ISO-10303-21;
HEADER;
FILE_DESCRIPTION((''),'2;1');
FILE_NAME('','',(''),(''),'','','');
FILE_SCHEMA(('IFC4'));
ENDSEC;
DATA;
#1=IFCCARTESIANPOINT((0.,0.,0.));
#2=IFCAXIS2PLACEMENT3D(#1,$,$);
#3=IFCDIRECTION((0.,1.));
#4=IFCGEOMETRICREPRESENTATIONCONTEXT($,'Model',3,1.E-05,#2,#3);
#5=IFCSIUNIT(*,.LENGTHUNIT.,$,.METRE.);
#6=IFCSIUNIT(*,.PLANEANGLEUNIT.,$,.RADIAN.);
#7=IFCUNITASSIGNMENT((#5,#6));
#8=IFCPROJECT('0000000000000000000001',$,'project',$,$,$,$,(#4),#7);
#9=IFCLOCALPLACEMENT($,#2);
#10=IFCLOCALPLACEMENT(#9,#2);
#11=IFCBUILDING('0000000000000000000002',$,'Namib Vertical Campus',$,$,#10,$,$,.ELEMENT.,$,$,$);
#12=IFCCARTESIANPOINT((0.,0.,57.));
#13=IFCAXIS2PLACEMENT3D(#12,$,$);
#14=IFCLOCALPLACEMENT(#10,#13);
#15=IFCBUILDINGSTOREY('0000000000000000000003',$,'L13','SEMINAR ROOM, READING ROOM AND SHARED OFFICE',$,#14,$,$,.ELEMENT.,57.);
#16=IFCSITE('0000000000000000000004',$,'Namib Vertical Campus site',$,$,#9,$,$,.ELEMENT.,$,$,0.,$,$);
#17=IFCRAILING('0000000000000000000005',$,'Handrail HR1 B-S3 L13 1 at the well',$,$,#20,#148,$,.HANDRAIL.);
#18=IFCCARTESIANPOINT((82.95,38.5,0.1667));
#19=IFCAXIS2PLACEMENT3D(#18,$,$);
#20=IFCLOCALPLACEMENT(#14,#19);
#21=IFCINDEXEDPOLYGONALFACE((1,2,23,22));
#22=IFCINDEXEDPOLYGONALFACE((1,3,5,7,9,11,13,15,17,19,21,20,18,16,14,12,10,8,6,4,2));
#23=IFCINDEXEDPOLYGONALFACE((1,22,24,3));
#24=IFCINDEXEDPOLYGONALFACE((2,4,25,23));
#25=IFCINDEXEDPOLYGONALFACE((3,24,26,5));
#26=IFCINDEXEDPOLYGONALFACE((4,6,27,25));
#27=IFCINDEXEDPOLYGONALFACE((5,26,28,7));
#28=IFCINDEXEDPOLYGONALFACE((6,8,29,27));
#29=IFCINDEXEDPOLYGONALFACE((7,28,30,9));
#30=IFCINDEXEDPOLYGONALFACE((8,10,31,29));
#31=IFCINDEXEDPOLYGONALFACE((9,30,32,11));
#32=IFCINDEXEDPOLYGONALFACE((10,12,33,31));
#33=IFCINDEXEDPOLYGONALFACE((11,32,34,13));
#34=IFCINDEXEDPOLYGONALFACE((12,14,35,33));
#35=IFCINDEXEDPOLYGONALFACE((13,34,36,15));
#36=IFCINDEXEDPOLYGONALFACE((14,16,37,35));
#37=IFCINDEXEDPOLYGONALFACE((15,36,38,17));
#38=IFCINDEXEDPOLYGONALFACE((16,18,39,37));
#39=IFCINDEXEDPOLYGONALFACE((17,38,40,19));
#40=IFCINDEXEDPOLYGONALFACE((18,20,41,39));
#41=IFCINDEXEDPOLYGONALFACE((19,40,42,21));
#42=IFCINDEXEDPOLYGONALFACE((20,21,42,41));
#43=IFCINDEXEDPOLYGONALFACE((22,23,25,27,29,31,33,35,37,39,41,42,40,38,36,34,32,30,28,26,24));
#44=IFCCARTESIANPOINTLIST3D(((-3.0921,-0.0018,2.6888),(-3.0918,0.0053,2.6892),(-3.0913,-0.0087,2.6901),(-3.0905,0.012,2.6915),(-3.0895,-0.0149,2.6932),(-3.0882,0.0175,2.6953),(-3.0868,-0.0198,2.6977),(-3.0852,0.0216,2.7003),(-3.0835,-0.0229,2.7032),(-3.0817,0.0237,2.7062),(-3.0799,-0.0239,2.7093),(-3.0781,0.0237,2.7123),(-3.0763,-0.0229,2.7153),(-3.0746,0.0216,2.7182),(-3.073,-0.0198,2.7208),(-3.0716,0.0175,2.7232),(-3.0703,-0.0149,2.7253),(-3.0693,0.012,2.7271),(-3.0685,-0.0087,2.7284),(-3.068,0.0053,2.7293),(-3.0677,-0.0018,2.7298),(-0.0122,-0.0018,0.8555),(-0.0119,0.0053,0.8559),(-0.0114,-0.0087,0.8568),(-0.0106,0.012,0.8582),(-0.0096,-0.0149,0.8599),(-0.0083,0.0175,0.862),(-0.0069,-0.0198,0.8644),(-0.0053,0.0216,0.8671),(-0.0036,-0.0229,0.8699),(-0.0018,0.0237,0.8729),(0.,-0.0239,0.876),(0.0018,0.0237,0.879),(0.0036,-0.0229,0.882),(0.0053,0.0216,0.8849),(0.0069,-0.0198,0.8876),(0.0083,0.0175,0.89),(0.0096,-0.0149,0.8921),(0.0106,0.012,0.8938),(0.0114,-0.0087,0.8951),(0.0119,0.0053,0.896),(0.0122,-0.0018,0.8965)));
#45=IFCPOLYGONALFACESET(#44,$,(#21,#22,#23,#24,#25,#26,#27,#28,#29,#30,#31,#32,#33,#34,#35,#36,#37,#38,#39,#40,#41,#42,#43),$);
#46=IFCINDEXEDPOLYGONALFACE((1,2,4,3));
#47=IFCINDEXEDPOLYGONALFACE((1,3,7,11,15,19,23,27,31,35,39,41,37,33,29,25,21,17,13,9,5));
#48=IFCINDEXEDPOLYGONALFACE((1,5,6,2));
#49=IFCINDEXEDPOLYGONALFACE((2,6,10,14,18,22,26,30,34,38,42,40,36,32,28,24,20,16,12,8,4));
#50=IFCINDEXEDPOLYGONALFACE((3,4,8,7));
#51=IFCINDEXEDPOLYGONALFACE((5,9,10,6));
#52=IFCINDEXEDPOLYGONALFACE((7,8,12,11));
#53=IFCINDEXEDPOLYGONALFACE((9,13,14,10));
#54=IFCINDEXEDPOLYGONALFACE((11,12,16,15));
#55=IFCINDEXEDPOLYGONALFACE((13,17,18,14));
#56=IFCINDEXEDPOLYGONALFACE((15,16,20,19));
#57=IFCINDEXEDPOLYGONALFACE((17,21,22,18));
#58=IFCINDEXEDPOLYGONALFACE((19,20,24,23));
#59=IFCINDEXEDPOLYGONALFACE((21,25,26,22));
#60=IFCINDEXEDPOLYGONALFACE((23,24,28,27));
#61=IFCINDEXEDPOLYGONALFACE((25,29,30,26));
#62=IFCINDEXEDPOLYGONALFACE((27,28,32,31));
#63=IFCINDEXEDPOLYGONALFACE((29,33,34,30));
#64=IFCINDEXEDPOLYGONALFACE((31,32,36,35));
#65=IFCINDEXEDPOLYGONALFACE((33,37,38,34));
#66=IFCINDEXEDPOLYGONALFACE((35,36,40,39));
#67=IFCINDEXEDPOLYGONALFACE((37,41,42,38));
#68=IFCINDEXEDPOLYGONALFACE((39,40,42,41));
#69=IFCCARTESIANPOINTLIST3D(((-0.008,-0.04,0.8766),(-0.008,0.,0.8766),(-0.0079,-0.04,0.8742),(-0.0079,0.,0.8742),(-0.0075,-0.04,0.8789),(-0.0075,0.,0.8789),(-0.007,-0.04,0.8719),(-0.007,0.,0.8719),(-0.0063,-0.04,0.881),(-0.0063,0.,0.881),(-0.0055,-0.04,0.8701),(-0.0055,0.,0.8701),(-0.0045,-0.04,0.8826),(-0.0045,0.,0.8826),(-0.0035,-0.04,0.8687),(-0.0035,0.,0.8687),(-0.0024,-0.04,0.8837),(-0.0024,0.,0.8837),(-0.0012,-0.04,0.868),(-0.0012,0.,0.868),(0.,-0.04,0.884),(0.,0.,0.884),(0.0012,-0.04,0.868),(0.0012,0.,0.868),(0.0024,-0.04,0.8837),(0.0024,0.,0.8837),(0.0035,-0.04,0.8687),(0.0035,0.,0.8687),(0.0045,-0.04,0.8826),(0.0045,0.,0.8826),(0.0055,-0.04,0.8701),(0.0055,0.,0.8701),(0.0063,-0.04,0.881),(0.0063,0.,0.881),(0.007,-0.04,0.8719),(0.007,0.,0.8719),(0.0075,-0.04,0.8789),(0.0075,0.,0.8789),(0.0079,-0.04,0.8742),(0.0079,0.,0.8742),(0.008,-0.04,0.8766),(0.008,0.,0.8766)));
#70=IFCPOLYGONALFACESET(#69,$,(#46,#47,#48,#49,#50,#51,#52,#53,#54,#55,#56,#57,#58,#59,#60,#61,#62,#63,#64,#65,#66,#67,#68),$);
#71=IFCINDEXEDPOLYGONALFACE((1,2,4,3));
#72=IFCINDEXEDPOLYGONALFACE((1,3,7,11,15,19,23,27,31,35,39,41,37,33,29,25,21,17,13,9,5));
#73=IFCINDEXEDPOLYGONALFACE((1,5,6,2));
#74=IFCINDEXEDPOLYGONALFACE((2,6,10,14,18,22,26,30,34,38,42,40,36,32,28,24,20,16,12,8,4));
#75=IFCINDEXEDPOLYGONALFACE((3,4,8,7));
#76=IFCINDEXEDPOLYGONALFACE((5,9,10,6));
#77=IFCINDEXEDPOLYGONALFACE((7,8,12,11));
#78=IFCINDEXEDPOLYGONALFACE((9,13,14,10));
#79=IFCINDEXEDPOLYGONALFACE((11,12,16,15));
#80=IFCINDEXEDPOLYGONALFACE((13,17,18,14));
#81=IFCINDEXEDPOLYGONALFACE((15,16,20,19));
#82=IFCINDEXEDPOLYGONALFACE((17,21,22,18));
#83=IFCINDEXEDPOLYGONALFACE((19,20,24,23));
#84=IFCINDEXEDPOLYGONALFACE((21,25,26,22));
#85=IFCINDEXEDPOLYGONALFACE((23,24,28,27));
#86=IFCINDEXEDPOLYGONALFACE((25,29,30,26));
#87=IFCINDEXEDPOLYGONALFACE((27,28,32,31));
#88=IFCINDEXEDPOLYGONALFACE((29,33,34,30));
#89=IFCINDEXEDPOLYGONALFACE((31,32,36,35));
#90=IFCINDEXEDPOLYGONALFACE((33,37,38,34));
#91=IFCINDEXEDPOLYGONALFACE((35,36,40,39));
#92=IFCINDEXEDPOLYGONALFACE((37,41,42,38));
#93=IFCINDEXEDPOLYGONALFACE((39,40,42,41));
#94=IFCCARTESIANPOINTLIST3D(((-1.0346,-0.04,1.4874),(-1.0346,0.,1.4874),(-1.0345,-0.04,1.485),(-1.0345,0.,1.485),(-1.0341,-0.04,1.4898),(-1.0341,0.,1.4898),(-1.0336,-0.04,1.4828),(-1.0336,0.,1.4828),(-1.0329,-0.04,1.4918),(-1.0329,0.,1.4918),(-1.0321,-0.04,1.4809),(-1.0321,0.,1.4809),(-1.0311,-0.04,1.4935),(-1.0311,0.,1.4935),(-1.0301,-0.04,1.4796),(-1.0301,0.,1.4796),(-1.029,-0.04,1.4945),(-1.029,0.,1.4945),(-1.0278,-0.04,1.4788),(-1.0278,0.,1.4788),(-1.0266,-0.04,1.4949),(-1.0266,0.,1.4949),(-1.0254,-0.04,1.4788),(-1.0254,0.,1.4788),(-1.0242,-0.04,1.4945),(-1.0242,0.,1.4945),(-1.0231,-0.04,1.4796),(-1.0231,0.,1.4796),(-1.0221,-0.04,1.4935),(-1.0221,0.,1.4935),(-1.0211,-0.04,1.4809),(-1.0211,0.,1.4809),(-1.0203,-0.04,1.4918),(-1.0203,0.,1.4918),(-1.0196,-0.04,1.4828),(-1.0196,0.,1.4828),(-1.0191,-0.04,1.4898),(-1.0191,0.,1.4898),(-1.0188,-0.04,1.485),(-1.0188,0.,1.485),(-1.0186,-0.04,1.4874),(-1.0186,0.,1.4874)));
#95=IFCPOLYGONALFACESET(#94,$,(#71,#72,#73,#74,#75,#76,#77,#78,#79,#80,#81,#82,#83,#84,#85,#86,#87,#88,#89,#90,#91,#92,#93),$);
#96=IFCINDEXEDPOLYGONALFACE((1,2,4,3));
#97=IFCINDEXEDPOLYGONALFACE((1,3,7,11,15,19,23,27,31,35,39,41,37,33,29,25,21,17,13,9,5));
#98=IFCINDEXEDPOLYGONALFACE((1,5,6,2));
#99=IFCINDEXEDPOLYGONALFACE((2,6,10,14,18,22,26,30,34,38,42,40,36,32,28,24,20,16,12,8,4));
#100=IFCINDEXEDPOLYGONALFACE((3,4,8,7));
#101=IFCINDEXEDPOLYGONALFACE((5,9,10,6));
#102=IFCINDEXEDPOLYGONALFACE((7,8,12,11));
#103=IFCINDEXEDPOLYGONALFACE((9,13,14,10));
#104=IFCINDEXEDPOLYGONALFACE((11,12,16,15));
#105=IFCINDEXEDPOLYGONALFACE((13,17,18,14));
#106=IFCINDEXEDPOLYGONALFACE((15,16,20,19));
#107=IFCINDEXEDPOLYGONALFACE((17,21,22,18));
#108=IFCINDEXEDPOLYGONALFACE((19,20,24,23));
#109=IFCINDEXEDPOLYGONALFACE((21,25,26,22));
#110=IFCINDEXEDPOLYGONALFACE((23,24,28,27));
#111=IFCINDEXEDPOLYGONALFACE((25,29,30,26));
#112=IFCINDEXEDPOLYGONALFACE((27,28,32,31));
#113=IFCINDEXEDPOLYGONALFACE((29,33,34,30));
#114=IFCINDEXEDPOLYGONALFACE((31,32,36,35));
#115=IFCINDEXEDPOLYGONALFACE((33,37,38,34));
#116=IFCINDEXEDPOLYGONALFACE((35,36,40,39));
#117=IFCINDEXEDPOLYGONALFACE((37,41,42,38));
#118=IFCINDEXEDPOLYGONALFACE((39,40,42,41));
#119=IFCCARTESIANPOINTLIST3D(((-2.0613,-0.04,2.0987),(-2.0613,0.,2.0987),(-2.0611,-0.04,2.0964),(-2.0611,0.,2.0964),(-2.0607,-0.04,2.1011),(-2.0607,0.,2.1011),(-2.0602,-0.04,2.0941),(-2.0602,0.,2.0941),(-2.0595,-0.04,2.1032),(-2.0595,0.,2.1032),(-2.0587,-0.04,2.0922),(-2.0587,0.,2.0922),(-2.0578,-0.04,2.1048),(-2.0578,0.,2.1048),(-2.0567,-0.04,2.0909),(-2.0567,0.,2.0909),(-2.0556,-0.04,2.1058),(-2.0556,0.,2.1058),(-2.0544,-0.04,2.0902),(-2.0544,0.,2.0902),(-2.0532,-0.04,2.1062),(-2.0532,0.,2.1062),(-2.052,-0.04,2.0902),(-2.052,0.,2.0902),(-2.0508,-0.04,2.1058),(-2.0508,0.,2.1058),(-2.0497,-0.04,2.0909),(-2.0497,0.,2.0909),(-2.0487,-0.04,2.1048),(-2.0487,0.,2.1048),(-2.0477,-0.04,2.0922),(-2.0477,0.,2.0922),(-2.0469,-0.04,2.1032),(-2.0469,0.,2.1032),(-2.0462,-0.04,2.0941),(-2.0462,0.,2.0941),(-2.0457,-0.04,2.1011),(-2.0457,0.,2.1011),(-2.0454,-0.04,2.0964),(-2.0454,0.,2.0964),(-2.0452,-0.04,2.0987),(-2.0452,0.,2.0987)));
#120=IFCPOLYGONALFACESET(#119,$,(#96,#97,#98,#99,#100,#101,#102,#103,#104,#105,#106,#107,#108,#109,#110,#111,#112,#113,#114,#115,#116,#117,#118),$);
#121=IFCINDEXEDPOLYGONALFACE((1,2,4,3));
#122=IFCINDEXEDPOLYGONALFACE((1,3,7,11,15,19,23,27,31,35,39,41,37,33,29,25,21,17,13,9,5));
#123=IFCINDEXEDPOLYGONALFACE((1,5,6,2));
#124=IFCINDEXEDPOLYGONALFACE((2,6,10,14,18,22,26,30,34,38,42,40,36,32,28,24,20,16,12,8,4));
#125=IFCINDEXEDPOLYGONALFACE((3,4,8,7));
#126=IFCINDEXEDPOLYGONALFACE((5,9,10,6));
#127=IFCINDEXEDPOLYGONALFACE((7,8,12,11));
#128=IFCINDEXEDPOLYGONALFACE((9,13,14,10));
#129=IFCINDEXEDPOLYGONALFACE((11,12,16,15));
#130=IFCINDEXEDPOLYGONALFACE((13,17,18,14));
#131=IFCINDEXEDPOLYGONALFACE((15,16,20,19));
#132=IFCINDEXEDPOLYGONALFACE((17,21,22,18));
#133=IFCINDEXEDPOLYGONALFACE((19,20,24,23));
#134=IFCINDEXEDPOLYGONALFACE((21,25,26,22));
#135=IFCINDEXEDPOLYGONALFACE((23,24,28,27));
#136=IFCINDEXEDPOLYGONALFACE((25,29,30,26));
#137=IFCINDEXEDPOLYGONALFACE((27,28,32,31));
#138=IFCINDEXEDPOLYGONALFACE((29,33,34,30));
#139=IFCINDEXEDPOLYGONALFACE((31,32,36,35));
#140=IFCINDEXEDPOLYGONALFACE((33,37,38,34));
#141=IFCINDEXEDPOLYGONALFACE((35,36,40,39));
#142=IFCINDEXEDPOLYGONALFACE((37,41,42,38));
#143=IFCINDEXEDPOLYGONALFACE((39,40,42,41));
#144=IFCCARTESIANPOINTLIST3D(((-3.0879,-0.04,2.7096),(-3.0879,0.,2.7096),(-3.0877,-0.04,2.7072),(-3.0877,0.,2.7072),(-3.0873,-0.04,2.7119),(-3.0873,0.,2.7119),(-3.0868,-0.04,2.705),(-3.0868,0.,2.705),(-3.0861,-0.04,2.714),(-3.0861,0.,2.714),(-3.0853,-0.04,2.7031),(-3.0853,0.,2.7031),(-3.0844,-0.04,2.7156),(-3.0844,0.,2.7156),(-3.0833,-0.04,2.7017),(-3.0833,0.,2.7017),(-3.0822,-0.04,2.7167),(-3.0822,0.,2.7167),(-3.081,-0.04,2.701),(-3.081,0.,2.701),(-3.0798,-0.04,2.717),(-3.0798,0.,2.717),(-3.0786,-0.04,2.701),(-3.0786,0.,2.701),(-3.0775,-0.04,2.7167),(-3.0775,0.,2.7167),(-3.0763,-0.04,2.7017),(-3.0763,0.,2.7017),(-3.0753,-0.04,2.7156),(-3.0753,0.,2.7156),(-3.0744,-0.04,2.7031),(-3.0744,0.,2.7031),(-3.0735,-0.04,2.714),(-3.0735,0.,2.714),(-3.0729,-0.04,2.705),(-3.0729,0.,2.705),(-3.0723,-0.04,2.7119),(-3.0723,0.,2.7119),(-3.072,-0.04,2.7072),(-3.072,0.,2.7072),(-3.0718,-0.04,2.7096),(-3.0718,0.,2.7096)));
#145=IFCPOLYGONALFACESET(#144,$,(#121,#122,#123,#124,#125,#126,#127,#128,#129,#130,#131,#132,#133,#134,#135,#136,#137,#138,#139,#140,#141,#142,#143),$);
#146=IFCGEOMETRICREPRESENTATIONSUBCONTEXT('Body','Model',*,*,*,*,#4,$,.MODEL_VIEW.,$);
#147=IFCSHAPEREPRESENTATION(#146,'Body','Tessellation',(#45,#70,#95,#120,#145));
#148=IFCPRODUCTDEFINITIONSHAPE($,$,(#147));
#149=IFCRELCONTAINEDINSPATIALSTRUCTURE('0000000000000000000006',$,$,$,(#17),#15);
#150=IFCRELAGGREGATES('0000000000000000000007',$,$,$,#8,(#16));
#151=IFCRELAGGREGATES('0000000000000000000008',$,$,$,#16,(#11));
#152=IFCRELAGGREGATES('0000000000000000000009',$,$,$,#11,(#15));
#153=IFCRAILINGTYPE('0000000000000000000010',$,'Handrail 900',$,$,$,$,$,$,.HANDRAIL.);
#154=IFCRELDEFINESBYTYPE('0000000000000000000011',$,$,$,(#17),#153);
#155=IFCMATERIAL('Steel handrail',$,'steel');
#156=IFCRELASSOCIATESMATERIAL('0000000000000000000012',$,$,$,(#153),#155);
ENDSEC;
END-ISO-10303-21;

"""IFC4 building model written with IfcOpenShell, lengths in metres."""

from ifc_helpers import new_model, si_unit, direction, frame, origin, origin_2d, place, context, subcontext, project, spatial, circle, extrude, material, type_object, element, save


model = new_model("IFC4")

# Units and contexts
model_context = context("Model", 3, precision=1e-05, world=origin(), true_north=direction((0.0, 1.0)))
body_context = subcontext(model_context, "Body", "Model", "MODEL_VIEW")
ifc_project = project(units=[si_unit("LENGTHUNIT", "METRE"), si_unit("PLANEANGLEUNIT", "RADIAN")], contexts=[model_context])

# Site, building, storey
site_placement = place(None, origin())
site = spatial("IfcSite", under=ifc_project, at=site_placement, Name="Namib Vertical Campus site", CompositionType="ELEMENT", RefElevation=0.0)
building_placement = place(site_placement, origin())
building = spatial("IfcBuilding", under=site, at=building_placement, Name="Namib Vertical Campus", CompositionType="ELEMENT")
storey_placement = place(building_placement, frame((0.0, 0.0, 57.0)))
storey = spatial("IfcBuildingStorey", under=building, at=storey_placement, Name="L13", Description="SEMINAR ROOM, READING ROOM AND SHARED OFFICE", CompositionType="ELEMENT", Elevation=57.0)

# Railing
ifc_material_1 = material(Name="Steel handrail", Category="steel")
railing_type_1 = type_object("IfcRailingType", Name="Handrail 900", PredefinedType="HANDRAIL", material=ifc_material_1)
railing_1_placement = place(storey_placement, frame((82.95, 38.5, 0.1667)))
element("IfcRailing", 1, at=railing_1_placement, inside=storey, type_object=railing_type_1, Name="Handrail HR1 B-S3 L13 1 at the well", PredefinedType="HANDRAIL", context=body_context, shape_type="SweptSolid", body=[
    extrude(circle(Radius=0.0239, at=origin_2d()), frame((0.0, 0.0, 0.876), z_axis=(-0.859291, 0.0, 0.511487), x_axis=(0.0, -1.0, 0.0)), (0.0, 0.0, 1.0), 3.5842),
    extrude(circle(Radius=0.0081, at=origin_2d()), frame((0.0, 0.0, 0.876), z_axis=(0.0, -1.0, 0.0), x_axis=(0.0, 0.0, 1.0)), (0.0, 0.0, 1.0), 0.04),
    extrude(circle(Radius=0.0081, at=origin_2d()), frame((-1.0266, 0.0, 1.4868), z_axis=(0.0, -1.0, 0.0), x_axis=(0.0, 0.0, 1.0)), (0.0, 0.0, 1.0), 0.04),
    extrude(circle(Radius=0.0081, at=origin_2d()), frame((-2.0532, 0.0, 2.0981), z_axis=(0.0, -1.0, 0.0), x_axis=(0.0, 0.0, 1.0)), (0.0, 0.0, 1.0), 0.04),
    extrude(circle(Radius=0.0081, at=origin_2d()), frame((-3.0798, 0.0, 2.709), z_axis=(0.0, -1.0, 0.0), x_axis=(0.0, 0.0, 1.0)), (0.0, 0.0, 1.0), 0.04),
])

save(model, "model.ifc")
